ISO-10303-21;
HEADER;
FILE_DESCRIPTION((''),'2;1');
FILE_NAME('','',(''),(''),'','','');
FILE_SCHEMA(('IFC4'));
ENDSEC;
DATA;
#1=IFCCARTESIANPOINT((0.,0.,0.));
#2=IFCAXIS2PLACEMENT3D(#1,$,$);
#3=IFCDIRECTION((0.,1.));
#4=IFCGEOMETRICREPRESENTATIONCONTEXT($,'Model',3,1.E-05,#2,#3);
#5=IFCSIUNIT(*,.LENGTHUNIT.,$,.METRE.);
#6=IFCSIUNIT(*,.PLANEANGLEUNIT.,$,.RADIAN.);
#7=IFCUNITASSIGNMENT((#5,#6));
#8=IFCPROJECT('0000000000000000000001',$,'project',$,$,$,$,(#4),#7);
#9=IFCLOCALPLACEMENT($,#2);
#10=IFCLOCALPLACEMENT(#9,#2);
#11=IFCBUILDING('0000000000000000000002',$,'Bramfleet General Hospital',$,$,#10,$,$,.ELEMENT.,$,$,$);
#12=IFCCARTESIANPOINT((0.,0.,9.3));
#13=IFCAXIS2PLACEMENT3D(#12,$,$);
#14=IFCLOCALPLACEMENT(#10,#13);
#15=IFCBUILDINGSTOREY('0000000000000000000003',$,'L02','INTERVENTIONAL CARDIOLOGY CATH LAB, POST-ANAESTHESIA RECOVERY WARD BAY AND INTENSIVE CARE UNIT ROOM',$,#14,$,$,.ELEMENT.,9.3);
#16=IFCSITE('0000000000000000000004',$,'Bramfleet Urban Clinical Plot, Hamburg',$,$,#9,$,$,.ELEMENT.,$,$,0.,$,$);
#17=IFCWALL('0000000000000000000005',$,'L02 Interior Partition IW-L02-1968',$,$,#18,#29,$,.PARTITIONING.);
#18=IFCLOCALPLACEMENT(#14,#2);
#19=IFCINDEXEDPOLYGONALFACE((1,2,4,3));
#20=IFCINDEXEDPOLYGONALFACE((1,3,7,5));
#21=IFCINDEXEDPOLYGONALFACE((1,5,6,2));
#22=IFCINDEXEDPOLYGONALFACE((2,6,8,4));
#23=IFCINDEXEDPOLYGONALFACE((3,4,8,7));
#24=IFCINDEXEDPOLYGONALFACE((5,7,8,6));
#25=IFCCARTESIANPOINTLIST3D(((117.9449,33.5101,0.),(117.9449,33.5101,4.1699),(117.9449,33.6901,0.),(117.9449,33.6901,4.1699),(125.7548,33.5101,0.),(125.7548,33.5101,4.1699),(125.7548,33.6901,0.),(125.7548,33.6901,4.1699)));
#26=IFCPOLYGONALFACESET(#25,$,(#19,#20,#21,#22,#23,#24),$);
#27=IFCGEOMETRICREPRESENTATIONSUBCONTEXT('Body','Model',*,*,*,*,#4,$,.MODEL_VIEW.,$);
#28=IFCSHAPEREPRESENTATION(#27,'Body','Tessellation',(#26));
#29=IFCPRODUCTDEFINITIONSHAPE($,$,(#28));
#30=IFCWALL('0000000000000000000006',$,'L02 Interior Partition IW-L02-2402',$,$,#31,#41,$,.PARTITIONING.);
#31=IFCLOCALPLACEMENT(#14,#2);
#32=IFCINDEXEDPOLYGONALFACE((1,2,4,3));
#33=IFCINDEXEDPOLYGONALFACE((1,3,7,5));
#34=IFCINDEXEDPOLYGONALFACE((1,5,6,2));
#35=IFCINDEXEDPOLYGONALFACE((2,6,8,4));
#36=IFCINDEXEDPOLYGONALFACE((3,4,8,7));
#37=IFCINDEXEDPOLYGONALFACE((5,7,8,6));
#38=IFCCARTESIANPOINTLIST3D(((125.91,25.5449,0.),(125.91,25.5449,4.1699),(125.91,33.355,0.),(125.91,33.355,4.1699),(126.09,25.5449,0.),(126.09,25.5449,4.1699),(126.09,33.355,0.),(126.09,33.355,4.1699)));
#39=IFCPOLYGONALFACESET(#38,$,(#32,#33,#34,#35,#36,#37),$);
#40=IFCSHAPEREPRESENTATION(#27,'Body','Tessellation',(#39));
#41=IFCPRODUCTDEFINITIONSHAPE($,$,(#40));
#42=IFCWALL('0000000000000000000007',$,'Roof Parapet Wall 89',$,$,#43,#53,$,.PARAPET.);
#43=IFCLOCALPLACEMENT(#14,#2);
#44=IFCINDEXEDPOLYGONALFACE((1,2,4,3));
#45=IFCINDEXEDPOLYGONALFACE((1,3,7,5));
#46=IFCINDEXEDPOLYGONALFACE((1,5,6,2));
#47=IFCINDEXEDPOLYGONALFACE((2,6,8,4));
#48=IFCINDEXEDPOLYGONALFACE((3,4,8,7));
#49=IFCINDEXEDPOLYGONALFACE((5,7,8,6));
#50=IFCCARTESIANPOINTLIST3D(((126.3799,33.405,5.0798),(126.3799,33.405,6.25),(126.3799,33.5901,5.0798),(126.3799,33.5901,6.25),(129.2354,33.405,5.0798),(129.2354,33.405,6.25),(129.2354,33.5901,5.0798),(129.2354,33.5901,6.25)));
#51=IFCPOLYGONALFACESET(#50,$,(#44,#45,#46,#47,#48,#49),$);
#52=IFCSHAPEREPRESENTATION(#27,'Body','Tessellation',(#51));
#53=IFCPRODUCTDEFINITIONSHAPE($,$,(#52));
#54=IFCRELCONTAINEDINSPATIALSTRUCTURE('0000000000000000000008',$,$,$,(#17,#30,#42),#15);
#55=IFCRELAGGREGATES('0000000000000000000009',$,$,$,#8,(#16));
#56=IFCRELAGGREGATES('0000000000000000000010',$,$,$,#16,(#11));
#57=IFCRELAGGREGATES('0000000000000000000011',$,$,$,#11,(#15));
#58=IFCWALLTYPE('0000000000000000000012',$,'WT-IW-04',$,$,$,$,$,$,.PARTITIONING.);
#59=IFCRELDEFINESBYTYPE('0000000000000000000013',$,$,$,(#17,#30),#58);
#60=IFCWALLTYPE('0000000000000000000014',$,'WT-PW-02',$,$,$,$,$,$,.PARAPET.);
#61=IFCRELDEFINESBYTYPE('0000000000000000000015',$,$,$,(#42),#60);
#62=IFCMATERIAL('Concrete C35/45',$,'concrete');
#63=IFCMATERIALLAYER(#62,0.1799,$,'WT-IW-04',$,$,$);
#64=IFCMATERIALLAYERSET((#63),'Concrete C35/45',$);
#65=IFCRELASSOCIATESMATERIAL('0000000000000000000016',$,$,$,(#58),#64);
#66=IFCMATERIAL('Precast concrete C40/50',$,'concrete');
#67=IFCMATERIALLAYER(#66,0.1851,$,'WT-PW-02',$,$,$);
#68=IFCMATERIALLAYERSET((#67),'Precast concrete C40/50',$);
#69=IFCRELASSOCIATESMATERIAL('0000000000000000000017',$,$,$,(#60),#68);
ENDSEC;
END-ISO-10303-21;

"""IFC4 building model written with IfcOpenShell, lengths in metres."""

from ifc_helpers import new_model, si_unit, direction, frame, frame_2d, origin, place, context, subcontext, project, spatial, rectangle, extrude, material, layer, layer_set, type_object, element, save


model = new_model("IFC4")

# Units and contexts
model_context = context("Model", 3, precision=1e-05, world=origin(), true_north=direction((0.0, 1.0)))
body_context = subcontext(model_context, "Body", "Model", "MODEL_VIEW")
ifc_project = project(units=[si_unit("LENGTHUNIT", "METRE"), si_unit("PLANEANGLEUNIT", "RADIAN")], contexts=[model_context])

# Site, building, storey
site_placement = place(None, origin())
site = spatial("IfcSite", under=ifc_project, at=site_placement, Name="Bramfleet Urban Clinical Plot, Hamburg", CompositionType="ELEMENT", RefElevation=0.0)
building_placement = place(site_placement, origin())
building = spatial("IfcBuilding", under=site, at=building_placement, Name="Bramfleet General Hospital", CompositionType="ELEMENT")
storey_placement = place(building_placement, frame((0.0, 0.0, 9.3)))
storey = spatial("IfcBuildingStorey", under=building, at=storey_placement, Name="L02", Description="INTERVENTIONAL CARDIOLOGY CATH LAB, POST-ANAESTHESIA RECOVERY WARD BAY AND INTENSIVE CARE UNIT ROOM", CompositionType="ELEMENT", Elevation=9.3)

# Shared definitions
ifc_material_1 = material(Name="Concrete C35/45", Category="concrete")

# Walls
ifc_layer_1 = layer(ifc_material_1, 0.1799, Name="WT-IW-04")
ifc_layer_set_1 = layer_set([ifc_layer_1], Name="Concrete C35/45")
wall_type_1 = type_object("IfcWallType", Name="WT-IW-04", PredefinedType="PARTITIONING", material=ifc_layer_set_1)
wall_1_placement = place(storey_placement, frame((117.9451, 33.6001, 0.0), z_axis=(0.0, 0.0, 1.0), x_axis=(1.0, 0.0, 0.0)))
element("IfcWall", 1, at=wall_1_placement, inside=storey, type_object=wall_type_1, Name="L02 Interior Partition IW-L02-1968", PredefinedType="PARTITIONING", context=body_context, shape_type="SweptSolid", body=[
    extrude(rectangle(XDim=7.8098, YDim=0.1799, at=frame_2d((3.9048, 0.0))), origin(), (0.0, 0.0, 1.0), 4.1699),
])
wall_2_placement = place(storey_placement, frame((126.0, 25.5449, 0.0), z_axis=(0.0, 0.0, 1.0), x_axis=(0.0, 1.0, 0.0)))
element("IfcWall", 2, at=wall_2_placement, inside=storey, type_object=wall_type_1, Name="L02 Interior Partition IW-L02-2402", PredefinedType="PARTITIONING", context=body_context, shape_type="SweptSolid", body=[
    extrude(rectangle(XDim=7.8101, YDim=0.1799, at=frame_2d((3.905, 0.0))), origin(), (0.0, 0.0, 1.0), 4.1699),
])
ifc_material_2 = material(Name="Precast concrete C40/50", Category="concrete")
ifc_layer_2 = layer(ifc_material_2, 0.1851, Name="WT-PW-02")
ifc_layer_set_2 = layer_set([ifc_layer_2], Name="Precast concrete C40/50")
wall_type_2 = type_object("IfcWallType", Name="WT-PW-02", PredefinedType="PARAPET", material=ifc_layer_set_2)
wall_3_placement = place(storey_placement, frame((126.3799, 33.4976, 5.0798), z_axis=(0.0, 0.0, 1.0), x_axis=(1.0, 0.0, 0.0)))
element("IfcWall", 3, at=wall_3_placement, inside=storey, type_object=wall_type_2, Name="Roof Parapet Wall 89", PredefinedType="PARAPET", context=body_context, shape_type="SweptSolid", body=[
    extrude(rectangle(XDim=2.8555, YDim=0.1851, at=frame_2d((1.4277, 0.0))), origin(), (0.0, 0.0, 1.0), 1.1702),
])

save(model, "model.ifc")
